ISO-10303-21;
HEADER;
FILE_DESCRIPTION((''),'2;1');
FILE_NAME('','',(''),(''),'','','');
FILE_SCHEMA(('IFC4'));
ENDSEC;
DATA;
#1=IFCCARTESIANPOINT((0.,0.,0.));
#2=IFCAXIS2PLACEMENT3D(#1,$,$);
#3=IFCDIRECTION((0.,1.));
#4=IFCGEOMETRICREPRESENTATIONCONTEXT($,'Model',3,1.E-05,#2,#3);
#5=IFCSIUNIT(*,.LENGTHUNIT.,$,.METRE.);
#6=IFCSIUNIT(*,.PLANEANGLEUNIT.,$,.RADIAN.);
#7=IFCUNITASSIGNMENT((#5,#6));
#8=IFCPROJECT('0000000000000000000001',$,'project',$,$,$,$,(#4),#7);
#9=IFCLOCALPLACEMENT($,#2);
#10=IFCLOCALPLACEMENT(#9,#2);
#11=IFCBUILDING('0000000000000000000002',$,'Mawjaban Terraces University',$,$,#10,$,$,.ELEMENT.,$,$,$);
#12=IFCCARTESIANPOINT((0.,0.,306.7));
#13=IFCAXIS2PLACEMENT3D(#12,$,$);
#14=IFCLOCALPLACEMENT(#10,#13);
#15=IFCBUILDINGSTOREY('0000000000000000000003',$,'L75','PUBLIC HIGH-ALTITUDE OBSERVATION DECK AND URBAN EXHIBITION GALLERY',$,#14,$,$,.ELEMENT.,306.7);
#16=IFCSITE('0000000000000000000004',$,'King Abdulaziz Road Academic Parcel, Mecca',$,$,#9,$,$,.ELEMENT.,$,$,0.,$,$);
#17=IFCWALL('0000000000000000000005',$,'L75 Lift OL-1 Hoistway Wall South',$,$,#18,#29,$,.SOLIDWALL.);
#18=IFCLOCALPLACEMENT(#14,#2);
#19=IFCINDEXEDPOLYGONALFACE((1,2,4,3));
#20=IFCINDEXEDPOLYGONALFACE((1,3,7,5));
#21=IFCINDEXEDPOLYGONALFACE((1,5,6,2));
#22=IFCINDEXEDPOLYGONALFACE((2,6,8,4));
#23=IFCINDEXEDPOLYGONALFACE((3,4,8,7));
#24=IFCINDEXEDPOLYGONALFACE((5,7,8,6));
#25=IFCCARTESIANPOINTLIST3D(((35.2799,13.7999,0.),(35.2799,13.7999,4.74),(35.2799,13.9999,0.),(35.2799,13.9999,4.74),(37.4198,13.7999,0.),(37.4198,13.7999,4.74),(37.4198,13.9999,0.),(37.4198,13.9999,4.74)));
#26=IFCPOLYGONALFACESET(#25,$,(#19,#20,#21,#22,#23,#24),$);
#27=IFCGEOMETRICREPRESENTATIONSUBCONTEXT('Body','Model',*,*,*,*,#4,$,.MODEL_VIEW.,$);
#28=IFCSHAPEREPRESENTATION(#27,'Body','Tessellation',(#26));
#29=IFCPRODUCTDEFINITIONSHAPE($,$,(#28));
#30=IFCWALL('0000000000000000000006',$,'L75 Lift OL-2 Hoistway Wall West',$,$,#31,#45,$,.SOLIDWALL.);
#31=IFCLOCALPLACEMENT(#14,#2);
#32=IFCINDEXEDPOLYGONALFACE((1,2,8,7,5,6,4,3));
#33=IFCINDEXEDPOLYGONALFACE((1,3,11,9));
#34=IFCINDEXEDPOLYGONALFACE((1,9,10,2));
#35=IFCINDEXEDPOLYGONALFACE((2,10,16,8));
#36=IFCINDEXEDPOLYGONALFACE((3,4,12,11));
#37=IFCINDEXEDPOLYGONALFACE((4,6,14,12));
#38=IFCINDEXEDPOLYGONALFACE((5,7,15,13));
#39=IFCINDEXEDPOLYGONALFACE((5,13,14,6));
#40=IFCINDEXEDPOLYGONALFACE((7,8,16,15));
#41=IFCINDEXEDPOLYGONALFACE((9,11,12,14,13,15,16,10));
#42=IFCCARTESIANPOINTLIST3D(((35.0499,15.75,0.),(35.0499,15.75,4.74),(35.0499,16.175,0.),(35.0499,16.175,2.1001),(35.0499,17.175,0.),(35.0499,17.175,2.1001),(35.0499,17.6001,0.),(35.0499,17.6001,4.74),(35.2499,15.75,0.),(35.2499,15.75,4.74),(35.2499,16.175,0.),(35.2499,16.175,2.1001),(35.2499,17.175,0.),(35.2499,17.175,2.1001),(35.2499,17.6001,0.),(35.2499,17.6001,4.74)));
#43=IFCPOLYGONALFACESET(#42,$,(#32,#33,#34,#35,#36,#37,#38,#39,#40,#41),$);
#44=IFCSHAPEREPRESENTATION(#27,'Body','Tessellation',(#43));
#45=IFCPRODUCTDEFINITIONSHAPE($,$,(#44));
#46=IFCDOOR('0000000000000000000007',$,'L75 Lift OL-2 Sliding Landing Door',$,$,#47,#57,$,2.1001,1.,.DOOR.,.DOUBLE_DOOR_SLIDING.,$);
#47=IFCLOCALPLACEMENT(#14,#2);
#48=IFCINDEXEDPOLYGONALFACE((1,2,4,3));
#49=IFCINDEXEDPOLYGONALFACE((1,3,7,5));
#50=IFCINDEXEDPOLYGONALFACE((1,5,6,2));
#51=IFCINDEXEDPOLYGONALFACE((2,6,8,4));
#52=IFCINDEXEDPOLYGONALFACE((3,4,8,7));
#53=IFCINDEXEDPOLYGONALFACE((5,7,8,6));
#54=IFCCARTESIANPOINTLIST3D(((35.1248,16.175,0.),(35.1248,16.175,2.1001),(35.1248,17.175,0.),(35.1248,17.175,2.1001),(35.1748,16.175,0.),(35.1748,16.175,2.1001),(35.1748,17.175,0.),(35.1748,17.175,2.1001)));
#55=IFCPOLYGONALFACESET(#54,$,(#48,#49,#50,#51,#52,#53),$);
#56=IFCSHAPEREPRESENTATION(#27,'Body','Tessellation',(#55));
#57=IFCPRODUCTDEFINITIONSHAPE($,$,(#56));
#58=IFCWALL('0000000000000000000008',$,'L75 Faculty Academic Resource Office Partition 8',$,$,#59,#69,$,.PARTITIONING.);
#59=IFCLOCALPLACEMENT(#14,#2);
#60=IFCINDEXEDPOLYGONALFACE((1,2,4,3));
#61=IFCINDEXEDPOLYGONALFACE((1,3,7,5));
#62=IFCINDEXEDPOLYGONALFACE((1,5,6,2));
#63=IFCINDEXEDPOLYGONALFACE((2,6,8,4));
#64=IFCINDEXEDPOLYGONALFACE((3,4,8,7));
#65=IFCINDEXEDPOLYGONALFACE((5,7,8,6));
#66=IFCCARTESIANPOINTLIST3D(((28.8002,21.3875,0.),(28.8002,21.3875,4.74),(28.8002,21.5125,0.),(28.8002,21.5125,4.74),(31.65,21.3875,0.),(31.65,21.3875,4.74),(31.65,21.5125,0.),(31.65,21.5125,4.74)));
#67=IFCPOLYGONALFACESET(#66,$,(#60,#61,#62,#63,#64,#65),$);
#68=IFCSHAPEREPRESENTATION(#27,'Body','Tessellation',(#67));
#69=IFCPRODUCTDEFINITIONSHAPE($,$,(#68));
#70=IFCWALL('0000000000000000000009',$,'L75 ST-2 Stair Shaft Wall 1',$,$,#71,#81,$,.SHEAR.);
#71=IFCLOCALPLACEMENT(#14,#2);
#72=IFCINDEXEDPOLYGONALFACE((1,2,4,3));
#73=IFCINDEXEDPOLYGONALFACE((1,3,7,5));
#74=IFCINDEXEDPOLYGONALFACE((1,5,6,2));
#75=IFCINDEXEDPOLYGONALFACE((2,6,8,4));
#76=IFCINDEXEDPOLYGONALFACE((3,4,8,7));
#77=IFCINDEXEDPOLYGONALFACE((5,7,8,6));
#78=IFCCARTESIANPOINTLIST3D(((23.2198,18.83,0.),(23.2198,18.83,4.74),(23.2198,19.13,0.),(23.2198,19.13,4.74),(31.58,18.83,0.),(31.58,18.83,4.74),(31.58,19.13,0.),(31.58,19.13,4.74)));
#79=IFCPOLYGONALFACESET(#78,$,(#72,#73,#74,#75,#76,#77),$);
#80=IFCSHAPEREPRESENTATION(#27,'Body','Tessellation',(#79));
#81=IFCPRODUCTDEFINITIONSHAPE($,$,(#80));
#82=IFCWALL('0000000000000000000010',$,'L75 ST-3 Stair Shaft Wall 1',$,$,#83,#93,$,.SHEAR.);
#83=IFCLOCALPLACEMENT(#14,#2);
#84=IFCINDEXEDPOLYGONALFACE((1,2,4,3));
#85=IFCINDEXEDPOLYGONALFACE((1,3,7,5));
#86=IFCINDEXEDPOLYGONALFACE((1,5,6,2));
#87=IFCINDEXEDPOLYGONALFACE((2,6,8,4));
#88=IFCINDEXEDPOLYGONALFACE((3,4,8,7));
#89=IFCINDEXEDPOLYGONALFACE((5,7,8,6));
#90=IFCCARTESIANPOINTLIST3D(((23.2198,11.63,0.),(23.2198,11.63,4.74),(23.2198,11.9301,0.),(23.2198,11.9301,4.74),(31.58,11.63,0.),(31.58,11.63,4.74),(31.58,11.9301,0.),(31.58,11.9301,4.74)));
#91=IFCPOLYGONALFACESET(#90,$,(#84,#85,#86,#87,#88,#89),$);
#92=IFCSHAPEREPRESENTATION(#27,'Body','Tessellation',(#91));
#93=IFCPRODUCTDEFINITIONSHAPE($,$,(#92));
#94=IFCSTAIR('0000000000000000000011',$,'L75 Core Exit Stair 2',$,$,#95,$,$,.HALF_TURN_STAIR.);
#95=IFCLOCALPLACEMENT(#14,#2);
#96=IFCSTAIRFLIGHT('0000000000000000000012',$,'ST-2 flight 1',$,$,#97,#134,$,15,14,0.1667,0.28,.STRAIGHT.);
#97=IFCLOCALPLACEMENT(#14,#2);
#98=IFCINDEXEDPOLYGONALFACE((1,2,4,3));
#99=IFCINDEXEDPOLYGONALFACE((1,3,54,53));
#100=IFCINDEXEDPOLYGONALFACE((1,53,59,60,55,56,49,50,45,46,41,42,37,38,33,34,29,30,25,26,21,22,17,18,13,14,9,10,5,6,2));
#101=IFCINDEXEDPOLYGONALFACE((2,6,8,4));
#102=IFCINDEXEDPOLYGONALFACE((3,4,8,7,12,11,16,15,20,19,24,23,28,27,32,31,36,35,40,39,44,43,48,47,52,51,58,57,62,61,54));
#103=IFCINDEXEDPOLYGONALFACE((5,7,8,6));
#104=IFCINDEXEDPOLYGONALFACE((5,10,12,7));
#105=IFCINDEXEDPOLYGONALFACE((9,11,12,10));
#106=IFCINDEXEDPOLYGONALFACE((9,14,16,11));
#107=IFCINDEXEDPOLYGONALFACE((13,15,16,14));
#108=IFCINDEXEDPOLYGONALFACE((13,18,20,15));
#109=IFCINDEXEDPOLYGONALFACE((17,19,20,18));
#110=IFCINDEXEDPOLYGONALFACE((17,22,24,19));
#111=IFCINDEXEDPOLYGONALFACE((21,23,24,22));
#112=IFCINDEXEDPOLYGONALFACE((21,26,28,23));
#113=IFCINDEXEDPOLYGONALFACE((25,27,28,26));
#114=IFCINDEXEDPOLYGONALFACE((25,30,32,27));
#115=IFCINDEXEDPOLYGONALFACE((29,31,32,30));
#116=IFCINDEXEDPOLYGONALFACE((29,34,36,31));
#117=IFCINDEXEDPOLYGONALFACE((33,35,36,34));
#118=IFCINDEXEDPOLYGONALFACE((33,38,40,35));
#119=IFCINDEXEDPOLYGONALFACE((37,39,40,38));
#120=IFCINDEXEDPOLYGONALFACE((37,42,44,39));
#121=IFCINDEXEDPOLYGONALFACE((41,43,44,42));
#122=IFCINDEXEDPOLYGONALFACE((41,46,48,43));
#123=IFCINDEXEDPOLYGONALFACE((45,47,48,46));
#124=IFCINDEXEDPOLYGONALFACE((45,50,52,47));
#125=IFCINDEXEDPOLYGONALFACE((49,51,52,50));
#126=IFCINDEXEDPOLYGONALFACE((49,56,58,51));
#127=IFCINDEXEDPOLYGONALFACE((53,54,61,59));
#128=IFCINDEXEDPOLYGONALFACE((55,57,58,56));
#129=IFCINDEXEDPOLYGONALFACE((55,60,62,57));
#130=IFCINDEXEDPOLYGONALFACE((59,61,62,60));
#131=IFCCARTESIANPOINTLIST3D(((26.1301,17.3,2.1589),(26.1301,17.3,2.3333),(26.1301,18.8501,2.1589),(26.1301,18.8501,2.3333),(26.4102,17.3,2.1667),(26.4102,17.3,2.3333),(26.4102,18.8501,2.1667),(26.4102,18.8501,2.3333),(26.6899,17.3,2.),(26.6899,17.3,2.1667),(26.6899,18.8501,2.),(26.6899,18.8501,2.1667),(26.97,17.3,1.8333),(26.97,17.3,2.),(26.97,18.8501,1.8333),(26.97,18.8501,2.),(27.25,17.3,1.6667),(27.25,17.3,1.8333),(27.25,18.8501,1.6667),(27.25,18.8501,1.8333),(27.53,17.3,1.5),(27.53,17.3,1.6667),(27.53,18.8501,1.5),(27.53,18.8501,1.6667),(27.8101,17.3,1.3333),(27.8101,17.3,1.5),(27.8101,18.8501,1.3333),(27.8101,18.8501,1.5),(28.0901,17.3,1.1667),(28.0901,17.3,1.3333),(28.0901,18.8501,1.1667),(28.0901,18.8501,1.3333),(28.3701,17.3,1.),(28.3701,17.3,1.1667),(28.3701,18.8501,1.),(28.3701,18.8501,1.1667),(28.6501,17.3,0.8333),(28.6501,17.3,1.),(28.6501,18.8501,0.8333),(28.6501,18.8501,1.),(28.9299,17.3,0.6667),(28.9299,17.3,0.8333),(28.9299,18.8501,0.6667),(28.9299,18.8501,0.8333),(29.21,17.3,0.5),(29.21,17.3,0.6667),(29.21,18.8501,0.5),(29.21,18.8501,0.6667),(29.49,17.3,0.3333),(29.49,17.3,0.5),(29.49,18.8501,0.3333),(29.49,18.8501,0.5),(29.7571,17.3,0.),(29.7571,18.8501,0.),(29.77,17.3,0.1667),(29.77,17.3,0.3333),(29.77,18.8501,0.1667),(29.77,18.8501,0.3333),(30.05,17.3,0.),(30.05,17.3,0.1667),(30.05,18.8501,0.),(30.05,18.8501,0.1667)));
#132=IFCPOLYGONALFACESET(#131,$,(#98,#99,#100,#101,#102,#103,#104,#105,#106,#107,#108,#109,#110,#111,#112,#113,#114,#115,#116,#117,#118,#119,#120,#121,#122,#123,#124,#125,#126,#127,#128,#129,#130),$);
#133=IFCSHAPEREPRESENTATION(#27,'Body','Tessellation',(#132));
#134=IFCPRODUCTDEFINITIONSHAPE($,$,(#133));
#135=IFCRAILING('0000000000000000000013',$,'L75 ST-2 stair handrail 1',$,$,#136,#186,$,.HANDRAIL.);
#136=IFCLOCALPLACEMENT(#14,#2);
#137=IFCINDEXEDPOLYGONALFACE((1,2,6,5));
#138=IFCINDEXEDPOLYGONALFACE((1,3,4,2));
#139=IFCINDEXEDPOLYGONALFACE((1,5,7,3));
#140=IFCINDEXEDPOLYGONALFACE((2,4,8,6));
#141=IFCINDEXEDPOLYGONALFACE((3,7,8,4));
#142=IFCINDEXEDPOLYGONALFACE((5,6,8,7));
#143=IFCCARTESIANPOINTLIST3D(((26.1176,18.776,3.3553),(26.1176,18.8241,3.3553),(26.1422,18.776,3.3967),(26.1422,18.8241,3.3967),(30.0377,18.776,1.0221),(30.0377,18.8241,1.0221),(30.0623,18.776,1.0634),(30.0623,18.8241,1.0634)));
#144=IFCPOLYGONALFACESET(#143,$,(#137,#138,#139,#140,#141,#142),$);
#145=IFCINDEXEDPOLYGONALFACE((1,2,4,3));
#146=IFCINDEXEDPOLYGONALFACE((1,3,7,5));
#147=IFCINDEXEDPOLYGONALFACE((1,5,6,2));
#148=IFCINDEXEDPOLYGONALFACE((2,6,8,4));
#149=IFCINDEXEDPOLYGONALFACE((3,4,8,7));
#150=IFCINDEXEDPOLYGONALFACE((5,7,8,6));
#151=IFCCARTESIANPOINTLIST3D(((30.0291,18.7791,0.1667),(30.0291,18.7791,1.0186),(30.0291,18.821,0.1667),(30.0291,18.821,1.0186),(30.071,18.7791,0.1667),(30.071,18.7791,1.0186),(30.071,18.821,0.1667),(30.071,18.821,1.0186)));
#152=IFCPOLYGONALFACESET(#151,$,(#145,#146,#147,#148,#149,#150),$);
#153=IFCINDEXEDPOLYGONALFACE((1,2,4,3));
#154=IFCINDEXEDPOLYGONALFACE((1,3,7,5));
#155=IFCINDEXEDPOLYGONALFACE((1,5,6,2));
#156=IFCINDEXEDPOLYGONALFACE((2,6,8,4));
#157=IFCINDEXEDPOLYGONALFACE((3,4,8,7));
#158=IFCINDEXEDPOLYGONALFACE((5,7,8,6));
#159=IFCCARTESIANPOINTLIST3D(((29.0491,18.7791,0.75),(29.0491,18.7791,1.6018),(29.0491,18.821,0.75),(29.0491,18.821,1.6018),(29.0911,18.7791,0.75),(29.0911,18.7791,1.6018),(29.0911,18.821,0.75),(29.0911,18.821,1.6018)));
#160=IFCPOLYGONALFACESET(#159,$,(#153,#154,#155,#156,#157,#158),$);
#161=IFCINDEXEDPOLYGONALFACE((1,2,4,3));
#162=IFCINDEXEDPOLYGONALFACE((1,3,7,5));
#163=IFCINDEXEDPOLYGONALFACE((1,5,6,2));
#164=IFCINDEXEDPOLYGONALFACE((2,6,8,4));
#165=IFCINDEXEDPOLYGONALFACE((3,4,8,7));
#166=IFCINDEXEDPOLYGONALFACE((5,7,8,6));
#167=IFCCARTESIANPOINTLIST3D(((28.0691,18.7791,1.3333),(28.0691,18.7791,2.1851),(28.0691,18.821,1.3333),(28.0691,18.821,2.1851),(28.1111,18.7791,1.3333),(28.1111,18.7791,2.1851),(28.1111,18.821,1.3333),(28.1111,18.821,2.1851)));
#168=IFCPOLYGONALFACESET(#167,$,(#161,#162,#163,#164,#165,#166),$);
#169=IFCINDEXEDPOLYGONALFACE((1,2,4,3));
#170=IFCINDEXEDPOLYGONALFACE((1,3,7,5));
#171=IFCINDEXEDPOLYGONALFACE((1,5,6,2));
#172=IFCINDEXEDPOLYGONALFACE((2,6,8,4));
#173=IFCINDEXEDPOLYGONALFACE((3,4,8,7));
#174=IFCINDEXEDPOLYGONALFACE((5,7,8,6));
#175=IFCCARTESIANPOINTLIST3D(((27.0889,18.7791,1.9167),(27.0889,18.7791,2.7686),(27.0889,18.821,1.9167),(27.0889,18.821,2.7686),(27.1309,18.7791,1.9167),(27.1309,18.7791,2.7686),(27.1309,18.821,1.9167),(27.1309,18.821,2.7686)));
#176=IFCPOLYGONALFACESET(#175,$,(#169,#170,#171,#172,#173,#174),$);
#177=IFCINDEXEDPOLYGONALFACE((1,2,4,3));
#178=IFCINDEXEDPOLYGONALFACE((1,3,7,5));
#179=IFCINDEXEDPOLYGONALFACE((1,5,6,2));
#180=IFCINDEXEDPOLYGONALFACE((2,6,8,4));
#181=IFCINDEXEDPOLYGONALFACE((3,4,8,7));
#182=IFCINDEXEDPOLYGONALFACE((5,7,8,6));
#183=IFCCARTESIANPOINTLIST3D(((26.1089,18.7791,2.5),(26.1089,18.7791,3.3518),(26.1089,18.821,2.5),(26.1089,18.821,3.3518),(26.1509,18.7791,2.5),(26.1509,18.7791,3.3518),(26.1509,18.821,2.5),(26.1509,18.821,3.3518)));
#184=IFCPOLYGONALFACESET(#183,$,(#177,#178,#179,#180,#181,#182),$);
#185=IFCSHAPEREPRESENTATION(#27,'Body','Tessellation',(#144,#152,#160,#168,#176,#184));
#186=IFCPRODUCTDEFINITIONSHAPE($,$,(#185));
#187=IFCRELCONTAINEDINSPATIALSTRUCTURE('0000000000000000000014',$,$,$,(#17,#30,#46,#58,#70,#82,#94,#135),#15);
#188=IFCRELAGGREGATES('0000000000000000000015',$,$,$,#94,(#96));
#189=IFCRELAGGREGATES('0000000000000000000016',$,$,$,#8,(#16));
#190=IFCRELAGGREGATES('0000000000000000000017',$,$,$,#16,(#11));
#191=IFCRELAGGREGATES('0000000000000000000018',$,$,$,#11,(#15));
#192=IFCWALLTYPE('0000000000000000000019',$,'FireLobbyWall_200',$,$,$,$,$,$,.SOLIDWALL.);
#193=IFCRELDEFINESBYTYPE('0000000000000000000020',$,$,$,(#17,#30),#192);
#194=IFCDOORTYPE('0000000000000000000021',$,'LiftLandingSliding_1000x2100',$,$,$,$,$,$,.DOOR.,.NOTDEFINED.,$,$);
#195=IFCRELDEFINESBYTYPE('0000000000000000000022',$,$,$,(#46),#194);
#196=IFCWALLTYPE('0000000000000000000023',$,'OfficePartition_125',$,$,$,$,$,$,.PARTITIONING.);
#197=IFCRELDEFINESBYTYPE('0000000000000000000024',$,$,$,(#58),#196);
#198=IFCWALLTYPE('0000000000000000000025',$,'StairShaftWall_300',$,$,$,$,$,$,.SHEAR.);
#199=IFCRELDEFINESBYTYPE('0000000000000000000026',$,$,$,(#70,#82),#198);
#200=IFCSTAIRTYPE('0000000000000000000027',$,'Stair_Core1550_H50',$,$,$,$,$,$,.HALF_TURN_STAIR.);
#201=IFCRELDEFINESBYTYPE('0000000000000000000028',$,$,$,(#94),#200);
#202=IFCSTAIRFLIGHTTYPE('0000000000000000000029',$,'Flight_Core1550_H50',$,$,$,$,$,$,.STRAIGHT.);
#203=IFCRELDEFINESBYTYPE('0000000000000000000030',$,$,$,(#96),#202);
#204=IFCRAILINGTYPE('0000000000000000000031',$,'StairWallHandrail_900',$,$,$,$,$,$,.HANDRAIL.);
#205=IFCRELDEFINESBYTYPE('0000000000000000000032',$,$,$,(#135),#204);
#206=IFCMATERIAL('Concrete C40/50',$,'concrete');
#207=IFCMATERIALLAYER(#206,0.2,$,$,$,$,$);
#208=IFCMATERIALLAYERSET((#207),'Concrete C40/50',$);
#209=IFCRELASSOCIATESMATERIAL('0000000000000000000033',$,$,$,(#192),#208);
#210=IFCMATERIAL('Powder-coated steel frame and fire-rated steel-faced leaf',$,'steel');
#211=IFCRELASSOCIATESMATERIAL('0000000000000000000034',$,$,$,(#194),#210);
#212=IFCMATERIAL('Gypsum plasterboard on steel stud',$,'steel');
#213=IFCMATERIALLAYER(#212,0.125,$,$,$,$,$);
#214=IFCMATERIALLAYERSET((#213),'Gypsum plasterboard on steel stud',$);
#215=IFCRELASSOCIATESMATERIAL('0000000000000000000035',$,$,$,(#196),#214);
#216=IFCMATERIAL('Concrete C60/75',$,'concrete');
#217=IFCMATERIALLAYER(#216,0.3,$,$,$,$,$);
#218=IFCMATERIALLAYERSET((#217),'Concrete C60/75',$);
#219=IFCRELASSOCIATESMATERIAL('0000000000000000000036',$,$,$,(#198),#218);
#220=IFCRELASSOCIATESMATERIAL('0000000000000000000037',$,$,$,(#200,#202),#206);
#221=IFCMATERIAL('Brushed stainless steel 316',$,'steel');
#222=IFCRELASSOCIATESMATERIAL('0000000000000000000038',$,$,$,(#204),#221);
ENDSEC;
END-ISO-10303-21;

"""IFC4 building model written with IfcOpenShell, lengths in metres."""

from ifc_helpers import new_model, si_unit, direction, frame, frame_2d, origin, origin_2d, place, context, subcontext, project, spatial, polyline, rectangle, outline, extrude, material, layer, layer_set, type_object, element, fill, aggregate, save


model = new_model("IFC4")

# Units and contexts
model_context = context("Model", 3, precision=1e-05, world=origin(), true_north=direction((0.0, 1.0)))
body_context = subcontext(model_context, "Body", "Model", "MODEL_VIEW")
ifc_project = project(units=[si_unit("LENGTHUNIT", "METRE"), si_unit("PLANEANGLEUNIT", "RADIAN")], contexts=[model_context])

# Site, building, storey
site_placement = place(None, origin())
site = spatial("IfcSite", under=ifc_project, at=site_placement, Name="King Abdulaziz Road Academic Parcel, Mecca", CompositionType="ELEMENT", RefElevation=0.0)
building_placement = place(site_placement, origin())
building = spatial("IfcBuilding", under=site, at=building_placement, Name="Mawjaban Terraces University", CompositionType="ELEMENT")
storey_placement = place(building_placement, frame((0.0, 0.0, 306.7)))
storey = spatial("IfcBuildingStorey", under=building, at=storey_placement, Name="L75", Description="PUBLIC HIGH-ALTITUDE OBSERVATION DECK AND URBAN EXHIBITION GALLERY", CompositionType="ELEMENT", Elevation=306.7)

# Shared definitions
ifc_material_1 = material(Name="Concrete C40/50", Category="concrete")
ifc_layer_1 = layer(ifc_material_1, 0.2)
ifc_layer_set_1 = layer_set([ifc_layer_1], Name="Concrete C40/50")
wall_type_1 = type_object("IfcWallType", Name="FireLobbyWall_200", PredefinedType="SOLIDWALL", material=ifc_layer_set_1)

# Shared definitions
ifc_material_2 = material(Name="Powder-coated steel frame and fire-rated steel-faced leaf", Category="steel")
door_type_1 = type_object("IfcDoorType", Name="LiftLandingSliding_1000x2100", OperationType="NOTDEFINED", PredefinedType="DOOR", material=ifc_material_2)

# Wall
wall_1_placement = place(storey_placement, frame((35.28, 13.8999, 0.0), z_axis=(0.0, 0.0, 1.0), x_axis=(1.0, 0.0, 0.0)))
element("IfcWall", 1, at=wall_1_placement, inside=storey, type_object=wall_type_1, Name="L75 Lift OL-1 Hoistway Wall South", PredefinedType="SOLIDWALL", context=body_context, shape_type="SweptSolid", body=[
    extrude(rectangle(XDim=2.1399, YDim=0.2, at=frame_2d((1.0698, 0.0))), origin(), (0.0, 0.0, 1.0), 4.74),
])

# Wall, opening, door
wall_2_placement = place(storey_placement, frame((35.1499, 17.6001, 0.0), z_axis=(0.0, 0.0, 1.0), x_axis=(0.0, -1.0, 0.0)))
wall_2 = element("IfcWall", 2, at=wall_2_placement, inside=storey, type_object=wall_type_1, Name="L75 Lift OL-2 Hoistway Wall West", PredefinedType="SOLIDWALL", context=body_context, shape_type="SweptSolid", body=[
    extrude(rectangle(XDim=1.8501, YDim=0.2, at=frame_2d((0.925, 0.0))), origin(), (0.0, 0.0, 1.0), 4.74),
])
opening_1_placement = place(wall_2_placement, frame((0.425, 0.0, 0.0)))
opening_1 = element("IfcOpeningElement", 3, at=opening_1_placement, cuts=wall_2, PredefinedType="OPENING", context=body_context, shape_type="SweptSolid", body=[
    extrude(rectangle(XDim=1.0, YDim=2.1001, at=frame_2d((0.5, 1.05))), frame((0.0, 0.1099, 0.0), z_axis=(0.0, -1.0, 0.0), x_axis=(1.0, 0.0, 0.0)), (0.0, 0.0, 1.0), 0.22),
])
door_1_placement = place(opening_1_placement, origin())
door_1 = element("IfcDoor", 4, at=door_1_placement, inside=storey, type_object=door_type_1, Name="L75 Lift OL-2 Sliding Landing Door", OperationType="DOUBLE_DOOR_SLIDING", OverallHeight=2.1001, OverallWidth=1.0, PredefinedType="DOOR", context=body_context, shape_type="SweptSolid", body=[
    extrude(rectangle(XDim=1.0, YDim=2.1001, at=frame_2d((0.5, 1.05))), frame((0.0, 0.0249, 0.0), z_axis=(0.0, -1.0, 0.0), x_axis=(1.0, 0.0, 0.0)), (0.0, 0.0, 1.0), 0.05),
])
fill(opening_1, door_1)

# Walls
ifc_material_3 = material(Name="Gypsum plasterboard on steel stud", Category="steel")
ifc_layer_2 = layer(ifc_material_3, 0.125)
ifc_layer_set_2 = layer_set([ifc_layer_2], Name="Gypsum plasterboard on steel stud")
wall_type_2 = type_object("IfcWallType", Name="OfficePartition_125", PredefinedType="PARTITIONING", material=ifc_layer_set_2)
wall_3_placement = place(storey_placement, frame((31.6499, 21.45, 0.0), z_axis=(0.0, 0.0, 1.0), x_axis=(-1.0, 0.0, 0.0)))
element("IfcWall", 5, at=wall_3_placement, inside=storey, type_object=wall_type_2, Name="L75 Faculty Academic Resource Office Partition 8", PredefinedType="PARTITIONING", context=body_context, shape_type="SweptSolid", body=[
    extrude(rectangle(XDim=2.8499, YDim=0.125, at=frame_2d((1.4248, 0.0))), origin(), (0.0, 0.0, 1.0), 4.74),
])
ifc_material_4 = material(Name="Concrete C60/75", Category="concrete")
ifc_layer_3 = layer(ifc_material_4, 0.3)
ifc_layer_set_3 = layer_set([ifc_layer_3], Name="Concrete C60/75")
wall_type_3 = type_object("IfcWallType", Name="StairShaftWall_300", PredefinedType="SHEAR", material=ifc_layer_set_3)
wall_4_placement = place(storey_placement, frame((31.5801, 18.98, 0.0), z_axis=(0.0, 0.0, 1.0), x_axis=(-1.0, 0.0, 0.0)))
element("IfcWall", 6, at=wall_4_placement, inside=storey, type_object=wall_type_3, Name="L75 ST-2 Stair Shaft Wall 1", PredefinedType="SHEAR", context=body_context, shape_type="SweptSolid", body=[
    extrude(rectangle(XDim=8.3601, YDim=0.3, at=frame_2d((4.1802, 0.0))), origin(), (0.0, 0.0, 1.0), 4.74),
])

# Wall
wall_5_placement = place(storey_placement, frame((31.5801, 11.78, 0.0), z_axis=(0.0, 0.0, 1.0), x_axis=(-1.0, 0.0, 0.0)))
element("IfcWall", 7, at=wall_5_placement, inside=storey, type_object=wall_type_3, Name="L75 ST-3 Stair Shaft Wall 1", PredefinedType="SHEAR", context=body_context, shape_type="SweptSolid", body=[
    extrude(rectangle(XDim=8.3601, YDim=0.3, at=frame_2d((4.1802, 0.0))), origin(), (0.0, 0.0, 1.0), 4.74),
])

# Stair, stair flight
stair_type = type_object("IfcStairType", Name="Stair_Core1550_H50", PredefinedType="HALF_TURN_STAIR", material=ifc_material_1)
stair_placement = place(storey_placement, origin())
stair = element("IfcStair", 8, at=stair_placement, inside=storey, type_object=stair_type, Name="L75 Core Exit Stair 2", PredefinedType="HALF_TURN_STAIR")
stair_flight_type = type_object("IfcStairFlightType", Name="Flight_Core1550_H50", PredefinedType="STRAIGHT", material=ifc_material_1)
stair_flight_placement = place(storey_placement, frame((30.05, 18.075, 0.0), z_axis=(0.0, 0.0, 1.0), x_axis=(-1.0, 0.0, 0.0)))
stair_flight = element("IfcStairFlight", 9, at=stair_flight_placement, type_object=stair_flight_type, Name="ST-2 flight 1", NumberOfRisers=15, NumberOfTreads=14, PredefinedType="STRAIGHT", RiserHeight=0.1667, TreadLength=0.28, context=body_context, shape_type="SweptSolid", body=[
    extrude(outline(polyline([(0.0, 0.0), (0.0, 0.1667), (0.28, 0.1667), (0.28, 0.3333), (0.5601, 0.3333), (0.5601, 0.5), (0.8401, 0.5), (0.8401, 0.6667), (1.1201, 0.6667), (1.1201, 0.8333), (1.3999, 0.8333), (1.3999, 1.0), (1.6799, 1.0), (1.6799, 1.1667), (1.96, 1.1667), (1.96, 1.3333), (2.24, 1.3333), (2.24, 1.5), (2.52, 1.5), (2.52, 1.6667), (2.8, 1.6667), (2.8, 1.8333), (3.0801, 1.8333), (3.0801, 2.0), (3.3601, 2.0), (3.3601, 2.1667), (3.6399, 2.1667), (3.6399, 2.3333), (3.9199, 2.3333), (3.9199, 2.5), (3.9199, 2.1589), (0.293, 0.0), (0.0, 0.0)])), frame((0.0, 0.7749, 0.0), z_axis=(0.0, -1.0, 0.0), x_axis=(1.0, 0.0, 0.0)), (0.0, 0.0, 1.0), 1.55),
])
aggregate(stair, [stair_flight])

# Railing
ifc_material_5 = material(Name="Brushed stainless steel 316", Category="steel")
railing_type_1 = type_object("IfcRailingType", Name="StairWallHandrail_900", PredefinedType="HANDRAIL", material=ifc_material_5)
railing_1_placement = place(storey_placement, frame((30.05, 18.8, 0.1667)))
element("IfcRailing", 10, at=railing_1_placement, inside=storey, type_object=railing_type_1, Name="L75 ST-2 stair handrail 1", PredefinedType="HANDRAIL", context=body_context, shape_type="SweptSolid", body=[
    extrude(rectangle(XDim=0.0481, YDim=0.0481, at=origin_2d()), frame((0.0, 0.0, 0.876), z_axis=(-0.85931, 0.0, 0.511455), x_axis=(0.0, -1.0, 0.0)), (0.0, 0.0, 1.0), 4.562),
    extrude(rectangle(XDim=0.042, YDim=0.042, at=origin_2d()), origin(), (0.0, 0.0, 1.0), 0.8518),
    extrude(rectangle(XDim=0.042, YDim=0.042, at=origin_2d()), frame((-0.98, 0.0, 0.5833)), (0.0, 0.0, 1.0), 0.8518),
    extrude(rectangle(XDim=0.042, YDim=0.042, at=origin_2d()), frame((-1.96, 0.0, 1.1665)), (0.0, 0.0, 1.0), 0.8518),
    extrude(rectangle(XDim=0.042, YDim=0.042, at=origin_2d()), frame((-2.9402, 0.0, 1.75)), (0.0, 0.0, 1.0), 0.8518),
    extrude(rectangle(XDim=0.042, YDim=0.042, at=origin_2d()), frame((-3.9202, 0.0, 2.3333)), (0.0, 0.0, 1.0), 0.8518),
])

save(model, "model.ifc")
